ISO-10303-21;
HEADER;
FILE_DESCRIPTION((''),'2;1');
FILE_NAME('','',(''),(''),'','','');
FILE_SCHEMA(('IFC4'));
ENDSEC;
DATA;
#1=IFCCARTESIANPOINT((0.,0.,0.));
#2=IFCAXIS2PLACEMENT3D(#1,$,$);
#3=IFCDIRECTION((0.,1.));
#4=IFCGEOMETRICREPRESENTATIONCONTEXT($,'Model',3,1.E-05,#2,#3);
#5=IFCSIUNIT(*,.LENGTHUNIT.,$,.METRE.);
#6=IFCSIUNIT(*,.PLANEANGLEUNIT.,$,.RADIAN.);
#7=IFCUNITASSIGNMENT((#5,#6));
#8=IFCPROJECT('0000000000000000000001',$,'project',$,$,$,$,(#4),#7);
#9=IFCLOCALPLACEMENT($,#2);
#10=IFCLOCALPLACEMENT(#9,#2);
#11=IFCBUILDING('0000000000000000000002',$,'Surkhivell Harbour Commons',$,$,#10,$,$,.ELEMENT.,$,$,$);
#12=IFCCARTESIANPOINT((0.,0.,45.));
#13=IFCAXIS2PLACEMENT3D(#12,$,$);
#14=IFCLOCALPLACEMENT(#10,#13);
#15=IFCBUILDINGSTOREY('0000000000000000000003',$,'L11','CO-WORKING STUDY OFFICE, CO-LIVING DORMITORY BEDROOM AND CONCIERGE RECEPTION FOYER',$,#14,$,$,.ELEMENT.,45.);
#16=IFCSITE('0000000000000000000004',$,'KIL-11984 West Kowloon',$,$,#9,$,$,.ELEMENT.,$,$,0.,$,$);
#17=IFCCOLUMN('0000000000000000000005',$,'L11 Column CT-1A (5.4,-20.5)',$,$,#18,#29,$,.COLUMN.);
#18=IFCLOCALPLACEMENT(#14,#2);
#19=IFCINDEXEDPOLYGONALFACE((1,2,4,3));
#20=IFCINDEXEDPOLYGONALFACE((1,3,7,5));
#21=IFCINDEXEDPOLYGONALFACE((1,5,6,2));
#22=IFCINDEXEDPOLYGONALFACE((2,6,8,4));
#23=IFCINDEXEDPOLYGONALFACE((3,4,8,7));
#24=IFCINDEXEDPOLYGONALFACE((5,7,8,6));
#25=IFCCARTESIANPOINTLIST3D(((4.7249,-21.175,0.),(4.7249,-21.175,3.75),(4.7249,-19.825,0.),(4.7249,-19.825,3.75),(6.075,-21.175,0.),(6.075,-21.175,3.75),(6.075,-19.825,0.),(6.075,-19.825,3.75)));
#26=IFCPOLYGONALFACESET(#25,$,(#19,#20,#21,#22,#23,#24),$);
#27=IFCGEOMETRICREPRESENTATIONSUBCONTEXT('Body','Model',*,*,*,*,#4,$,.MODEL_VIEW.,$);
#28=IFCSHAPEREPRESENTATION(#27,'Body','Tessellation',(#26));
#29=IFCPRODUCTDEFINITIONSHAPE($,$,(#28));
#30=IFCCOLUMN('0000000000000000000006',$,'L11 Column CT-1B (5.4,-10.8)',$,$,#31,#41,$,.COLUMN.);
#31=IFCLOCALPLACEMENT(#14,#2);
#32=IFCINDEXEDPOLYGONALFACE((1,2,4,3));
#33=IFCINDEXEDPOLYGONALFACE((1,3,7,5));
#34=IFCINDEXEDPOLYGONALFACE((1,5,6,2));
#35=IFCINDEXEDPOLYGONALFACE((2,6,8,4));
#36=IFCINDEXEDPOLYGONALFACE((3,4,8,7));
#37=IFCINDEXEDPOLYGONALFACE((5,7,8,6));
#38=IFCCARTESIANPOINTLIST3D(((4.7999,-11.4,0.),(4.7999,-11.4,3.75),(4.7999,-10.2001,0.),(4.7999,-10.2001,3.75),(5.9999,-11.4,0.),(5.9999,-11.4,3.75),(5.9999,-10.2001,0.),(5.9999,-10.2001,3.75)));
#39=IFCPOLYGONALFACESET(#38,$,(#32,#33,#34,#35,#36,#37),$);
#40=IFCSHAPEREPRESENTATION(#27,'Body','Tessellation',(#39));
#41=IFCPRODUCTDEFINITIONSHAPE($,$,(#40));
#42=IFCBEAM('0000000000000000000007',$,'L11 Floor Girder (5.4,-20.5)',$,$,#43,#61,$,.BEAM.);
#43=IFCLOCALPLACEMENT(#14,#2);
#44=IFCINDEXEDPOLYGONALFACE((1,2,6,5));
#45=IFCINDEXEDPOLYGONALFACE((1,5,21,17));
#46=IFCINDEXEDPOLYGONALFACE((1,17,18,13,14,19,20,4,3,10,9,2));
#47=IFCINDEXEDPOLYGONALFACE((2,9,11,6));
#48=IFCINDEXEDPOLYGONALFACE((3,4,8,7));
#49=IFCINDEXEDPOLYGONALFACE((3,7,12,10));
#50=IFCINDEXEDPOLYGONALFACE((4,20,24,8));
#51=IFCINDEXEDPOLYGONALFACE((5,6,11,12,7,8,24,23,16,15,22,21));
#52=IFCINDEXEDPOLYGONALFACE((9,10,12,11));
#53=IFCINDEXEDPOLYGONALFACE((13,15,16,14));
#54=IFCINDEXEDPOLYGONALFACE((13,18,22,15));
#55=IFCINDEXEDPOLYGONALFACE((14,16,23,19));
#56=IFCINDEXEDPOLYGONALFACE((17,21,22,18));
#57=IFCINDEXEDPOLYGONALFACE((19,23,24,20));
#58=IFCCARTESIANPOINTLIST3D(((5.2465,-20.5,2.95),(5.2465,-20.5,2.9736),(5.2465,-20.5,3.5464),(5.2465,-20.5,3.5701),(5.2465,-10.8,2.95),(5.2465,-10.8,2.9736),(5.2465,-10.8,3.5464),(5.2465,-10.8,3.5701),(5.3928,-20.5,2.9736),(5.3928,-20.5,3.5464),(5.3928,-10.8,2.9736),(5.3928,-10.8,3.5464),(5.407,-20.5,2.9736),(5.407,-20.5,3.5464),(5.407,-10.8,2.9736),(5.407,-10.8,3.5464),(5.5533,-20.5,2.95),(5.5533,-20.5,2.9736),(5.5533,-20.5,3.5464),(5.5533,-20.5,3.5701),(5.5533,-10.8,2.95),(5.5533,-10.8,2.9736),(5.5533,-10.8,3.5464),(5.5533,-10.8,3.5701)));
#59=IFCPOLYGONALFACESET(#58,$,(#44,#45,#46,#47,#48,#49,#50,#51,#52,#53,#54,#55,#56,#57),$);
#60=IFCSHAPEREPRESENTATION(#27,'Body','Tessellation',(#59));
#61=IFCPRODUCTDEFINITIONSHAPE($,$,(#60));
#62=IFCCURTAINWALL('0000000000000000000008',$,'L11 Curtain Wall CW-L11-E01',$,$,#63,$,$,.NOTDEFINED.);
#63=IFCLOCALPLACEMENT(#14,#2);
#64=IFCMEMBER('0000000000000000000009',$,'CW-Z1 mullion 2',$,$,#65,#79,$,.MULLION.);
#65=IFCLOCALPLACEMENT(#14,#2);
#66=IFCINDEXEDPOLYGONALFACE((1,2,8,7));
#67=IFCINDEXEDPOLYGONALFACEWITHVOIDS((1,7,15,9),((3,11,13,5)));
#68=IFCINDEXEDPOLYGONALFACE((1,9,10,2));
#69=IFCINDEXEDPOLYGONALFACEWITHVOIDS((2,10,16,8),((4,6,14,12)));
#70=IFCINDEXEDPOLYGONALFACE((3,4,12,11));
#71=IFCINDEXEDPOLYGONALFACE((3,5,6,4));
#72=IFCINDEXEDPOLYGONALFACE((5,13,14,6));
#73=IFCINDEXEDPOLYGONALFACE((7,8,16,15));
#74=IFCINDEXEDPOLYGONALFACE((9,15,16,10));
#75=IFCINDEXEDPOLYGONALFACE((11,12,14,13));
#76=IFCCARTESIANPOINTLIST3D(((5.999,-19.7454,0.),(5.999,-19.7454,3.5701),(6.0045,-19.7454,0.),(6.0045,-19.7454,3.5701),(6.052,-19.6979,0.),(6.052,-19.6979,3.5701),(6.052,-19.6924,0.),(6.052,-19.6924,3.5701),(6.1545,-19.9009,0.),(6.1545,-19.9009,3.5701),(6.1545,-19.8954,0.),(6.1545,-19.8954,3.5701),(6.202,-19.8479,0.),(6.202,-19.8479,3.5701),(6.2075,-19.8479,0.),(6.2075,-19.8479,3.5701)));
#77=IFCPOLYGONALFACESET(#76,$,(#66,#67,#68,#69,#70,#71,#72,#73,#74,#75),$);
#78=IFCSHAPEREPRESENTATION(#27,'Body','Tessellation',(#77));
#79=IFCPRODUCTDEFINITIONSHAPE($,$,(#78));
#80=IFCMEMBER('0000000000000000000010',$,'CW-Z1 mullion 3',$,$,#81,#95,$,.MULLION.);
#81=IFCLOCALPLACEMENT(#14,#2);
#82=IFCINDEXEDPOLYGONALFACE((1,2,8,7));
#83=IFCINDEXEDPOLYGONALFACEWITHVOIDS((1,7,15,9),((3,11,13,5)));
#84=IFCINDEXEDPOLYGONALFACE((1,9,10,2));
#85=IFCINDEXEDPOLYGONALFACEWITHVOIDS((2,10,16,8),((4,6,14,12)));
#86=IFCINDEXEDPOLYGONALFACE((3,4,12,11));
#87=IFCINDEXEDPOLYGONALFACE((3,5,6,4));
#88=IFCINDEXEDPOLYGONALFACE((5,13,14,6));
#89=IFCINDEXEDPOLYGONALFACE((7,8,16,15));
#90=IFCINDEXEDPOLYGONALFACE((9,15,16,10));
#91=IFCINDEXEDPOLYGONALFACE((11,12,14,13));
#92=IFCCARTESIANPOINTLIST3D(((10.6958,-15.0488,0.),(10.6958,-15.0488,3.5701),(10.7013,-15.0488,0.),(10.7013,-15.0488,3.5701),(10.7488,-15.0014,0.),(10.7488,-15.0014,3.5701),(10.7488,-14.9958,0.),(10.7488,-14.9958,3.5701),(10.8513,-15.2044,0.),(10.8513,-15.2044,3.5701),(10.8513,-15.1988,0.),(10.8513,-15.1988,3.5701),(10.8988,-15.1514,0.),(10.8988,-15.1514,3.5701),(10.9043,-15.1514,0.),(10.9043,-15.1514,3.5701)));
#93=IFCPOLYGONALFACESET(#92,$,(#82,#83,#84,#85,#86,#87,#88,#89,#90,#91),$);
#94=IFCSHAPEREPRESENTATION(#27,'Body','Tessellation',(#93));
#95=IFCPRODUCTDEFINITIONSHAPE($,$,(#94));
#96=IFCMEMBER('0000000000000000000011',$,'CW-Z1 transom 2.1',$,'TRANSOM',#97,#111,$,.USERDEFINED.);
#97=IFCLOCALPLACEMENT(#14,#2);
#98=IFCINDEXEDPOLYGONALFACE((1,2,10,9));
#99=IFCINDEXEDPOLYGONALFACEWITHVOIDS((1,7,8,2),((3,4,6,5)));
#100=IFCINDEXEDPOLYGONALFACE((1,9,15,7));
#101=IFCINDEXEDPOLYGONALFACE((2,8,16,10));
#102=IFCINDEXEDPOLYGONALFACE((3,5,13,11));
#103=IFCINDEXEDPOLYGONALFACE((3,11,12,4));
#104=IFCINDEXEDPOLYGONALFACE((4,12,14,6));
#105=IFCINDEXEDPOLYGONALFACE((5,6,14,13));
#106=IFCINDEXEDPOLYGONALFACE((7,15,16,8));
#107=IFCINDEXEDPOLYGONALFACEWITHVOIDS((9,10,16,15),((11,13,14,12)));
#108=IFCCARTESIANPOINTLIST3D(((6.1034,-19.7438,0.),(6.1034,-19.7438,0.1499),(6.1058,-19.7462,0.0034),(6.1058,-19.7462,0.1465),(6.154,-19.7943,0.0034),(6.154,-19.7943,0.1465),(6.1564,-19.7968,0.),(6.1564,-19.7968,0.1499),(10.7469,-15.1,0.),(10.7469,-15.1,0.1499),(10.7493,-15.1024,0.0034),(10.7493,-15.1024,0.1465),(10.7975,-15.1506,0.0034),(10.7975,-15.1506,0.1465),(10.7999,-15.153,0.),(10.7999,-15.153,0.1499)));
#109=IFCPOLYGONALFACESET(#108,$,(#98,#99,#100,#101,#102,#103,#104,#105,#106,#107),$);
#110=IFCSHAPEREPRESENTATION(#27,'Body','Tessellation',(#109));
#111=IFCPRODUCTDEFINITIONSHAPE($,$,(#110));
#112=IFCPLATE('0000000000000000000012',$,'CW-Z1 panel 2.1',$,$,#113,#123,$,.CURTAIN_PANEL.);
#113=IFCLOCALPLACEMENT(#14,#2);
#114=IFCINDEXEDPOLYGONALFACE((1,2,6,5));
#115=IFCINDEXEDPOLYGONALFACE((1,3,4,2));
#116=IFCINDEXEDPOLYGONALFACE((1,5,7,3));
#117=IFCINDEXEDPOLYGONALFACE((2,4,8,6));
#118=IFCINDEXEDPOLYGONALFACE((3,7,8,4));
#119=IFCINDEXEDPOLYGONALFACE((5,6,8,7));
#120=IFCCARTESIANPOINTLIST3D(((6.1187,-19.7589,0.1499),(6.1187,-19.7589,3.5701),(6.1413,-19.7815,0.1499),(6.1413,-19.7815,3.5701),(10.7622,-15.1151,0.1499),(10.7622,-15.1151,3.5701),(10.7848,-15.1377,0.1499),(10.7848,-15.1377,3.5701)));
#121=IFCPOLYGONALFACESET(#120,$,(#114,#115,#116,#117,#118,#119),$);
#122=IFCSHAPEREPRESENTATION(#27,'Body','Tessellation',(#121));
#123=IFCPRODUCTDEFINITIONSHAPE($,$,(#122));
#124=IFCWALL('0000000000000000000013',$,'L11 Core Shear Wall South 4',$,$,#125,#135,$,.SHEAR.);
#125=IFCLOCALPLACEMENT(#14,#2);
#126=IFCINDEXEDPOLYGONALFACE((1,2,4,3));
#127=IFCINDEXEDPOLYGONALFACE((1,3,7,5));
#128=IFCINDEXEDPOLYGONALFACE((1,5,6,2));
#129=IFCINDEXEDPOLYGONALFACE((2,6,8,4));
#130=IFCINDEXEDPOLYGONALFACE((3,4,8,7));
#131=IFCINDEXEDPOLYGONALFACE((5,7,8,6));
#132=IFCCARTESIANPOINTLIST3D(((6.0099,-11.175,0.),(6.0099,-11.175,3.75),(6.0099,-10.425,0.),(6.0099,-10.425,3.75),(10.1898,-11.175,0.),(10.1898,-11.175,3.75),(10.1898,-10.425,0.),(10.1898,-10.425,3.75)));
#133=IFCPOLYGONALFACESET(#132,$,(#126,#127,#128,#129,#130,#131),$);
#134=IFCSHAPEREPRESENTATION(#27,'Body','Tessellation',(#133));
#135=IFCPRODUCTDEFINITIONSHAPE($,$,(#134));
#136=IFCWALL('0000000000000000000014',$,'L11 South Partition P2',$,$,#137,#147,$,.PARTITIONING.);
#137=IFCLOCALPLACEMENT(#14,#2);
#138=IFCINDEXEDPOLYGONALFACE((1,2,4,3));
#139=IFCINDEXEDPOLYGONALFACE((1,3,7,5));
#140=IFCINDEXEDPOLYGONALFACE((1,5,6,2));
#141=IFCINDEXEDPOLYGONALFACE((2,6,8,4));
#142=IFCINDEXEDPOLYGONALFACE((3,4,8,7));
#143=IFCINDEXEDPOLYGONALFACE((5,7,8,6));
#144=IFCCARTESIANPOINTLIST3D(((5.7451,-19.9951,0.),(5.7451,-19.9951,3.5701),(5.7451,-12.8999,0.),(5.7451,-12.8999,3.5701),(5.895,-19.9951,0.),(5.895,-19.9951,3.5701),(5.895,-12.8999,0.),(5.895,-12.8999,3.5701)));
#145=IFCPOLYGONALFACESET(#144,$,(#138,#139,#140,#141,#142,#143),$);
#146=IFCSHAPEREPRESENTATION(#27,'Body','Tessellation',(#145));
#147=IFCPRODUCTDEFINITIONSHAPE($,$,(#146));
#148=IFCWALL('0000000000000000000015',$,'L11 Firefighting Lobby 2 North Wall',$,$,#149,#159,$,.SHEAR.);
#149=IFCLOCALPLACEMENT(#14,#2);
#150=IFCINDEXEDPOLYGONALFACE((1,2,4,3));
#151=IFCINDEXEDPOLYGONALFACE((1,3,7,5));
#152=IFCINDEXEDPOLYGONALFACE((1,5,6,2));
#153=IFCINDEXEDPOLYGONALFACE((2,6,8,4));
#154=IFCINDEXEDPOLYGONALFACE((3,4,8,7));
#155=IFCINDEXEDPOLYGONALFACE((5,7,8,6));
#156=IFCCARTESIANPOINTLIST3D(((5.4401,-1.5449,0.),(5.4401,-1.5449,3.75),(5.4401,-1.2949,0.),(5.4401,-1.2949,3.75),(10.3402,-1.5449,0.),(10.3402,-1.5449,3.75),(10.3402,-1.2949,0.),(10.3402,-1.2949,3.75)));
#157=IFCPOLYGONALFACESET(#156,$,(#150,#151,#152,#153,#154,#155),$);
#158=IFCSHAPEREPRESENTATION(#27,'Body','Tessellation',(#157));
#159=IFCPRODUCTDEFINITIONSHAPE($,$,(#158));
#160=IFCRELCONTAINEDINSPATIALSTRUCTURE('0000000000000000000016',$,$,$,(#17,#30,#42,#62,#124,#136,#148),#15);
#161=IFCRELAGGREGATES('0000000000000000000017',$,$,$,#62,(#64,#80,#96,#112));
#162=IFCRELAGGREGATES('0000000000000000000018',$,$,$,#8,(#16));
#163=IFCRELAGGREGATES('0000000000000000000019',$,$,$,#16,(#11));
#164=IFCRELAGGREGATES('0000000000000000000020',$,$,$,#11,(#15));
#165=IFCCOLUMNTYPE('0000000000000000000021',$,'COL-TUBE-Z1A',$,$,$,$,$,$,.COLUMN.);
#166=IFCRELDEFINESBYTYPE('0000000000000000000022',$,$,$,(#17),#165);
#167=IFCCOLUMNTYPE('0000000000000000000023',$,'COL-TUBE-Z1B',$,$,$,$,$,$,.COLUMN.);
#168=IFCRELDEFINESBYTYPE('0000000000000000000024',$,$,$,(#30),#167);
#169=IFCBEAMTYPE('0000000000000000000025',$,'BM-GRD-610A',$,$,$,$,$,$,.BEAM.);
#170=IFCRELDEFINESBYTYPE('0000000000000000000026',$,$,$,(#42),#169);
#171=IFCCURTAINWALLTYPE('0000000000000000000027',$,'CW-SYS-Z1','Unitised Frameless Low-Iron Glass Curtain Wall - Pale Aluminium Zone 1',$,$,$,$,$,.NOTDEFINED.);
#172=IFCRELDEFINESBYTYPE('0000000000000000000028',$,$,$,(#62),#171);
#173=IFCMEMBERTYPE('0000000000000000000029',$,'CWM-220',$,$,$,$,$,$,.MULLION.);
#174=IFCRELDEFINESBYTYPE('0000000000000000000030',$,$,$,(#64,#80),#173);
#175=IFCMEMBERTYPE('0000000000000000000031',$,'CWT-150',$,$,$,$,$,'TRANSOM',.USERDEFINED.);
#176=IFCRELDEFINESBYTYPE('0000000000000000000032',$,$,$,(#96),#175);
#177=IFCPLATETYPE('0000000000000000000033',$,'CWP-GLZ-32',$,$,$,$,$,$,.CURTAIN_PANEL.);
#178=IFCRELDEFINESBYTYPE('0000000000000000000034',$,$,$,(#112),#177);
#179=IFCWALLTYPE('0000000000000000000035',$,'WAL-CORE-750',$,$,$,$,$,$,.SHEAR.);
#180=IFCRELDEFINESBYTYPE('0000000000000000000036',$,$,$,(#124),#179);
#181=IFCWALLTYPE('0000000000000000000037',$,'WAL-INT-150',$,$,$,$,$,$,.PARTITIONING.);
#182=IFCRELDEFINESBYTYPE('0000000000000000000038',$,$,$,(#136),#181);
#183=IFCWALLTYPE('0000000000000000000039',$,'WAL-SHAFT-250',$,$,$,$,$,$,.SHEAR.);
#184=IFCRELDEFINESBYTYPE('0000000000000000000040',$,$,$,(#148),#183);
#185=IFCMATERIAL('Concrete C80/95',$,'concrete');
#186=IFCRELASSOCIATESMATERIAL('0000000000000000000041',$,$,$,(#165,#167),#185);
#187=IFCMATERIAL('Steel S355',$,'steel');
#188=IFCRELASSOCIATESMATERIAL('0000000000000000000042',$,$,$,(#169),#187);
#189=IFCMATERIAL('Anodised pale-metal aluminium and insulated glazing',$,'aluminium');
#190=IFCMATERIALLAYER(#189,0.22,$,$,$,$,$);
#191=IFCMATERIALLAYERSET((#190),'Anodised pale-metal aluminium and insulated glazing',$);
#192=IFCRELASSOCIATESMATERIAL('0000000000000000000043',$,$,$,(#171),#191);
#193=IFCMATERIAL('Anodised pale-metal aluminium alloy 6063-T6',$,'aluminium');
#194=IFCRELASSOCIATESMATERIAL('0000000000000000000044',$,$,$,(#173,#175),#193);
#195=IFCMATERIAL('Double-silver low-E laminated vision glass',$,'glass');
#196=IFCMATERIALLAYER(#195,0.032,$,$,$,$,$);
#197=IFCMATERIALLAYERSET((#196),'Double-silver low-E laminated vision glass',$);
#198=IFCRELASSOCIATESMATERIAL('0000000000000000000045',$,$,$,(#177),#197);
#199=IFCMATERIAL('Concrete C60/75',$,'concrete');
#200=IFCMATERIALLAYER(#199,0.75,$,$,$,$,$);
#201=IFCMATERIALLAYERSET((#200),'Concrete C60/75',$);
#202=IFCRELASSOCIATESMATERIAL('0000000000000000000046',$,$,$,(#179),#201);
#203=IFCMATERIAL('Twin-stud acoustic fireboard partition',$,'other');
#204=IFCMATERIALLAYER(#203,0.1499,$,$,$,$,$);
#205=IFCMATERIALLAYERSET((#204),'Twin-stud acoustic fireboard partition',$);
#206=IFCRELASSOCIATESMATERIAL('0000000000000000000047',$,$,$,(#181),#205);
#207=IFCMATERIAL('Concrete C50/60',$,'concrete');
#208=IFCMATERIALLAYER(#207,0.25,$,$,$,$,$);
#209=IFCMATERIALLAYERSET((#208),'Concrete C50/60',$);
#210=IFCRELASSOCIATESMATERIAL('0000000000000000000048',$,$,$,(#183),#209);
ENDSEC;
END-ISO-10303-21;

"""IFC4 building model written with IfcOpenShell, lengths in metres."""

from ifc_helpers import new_model, si_unit, direction, frame, frame_2d, origin, origin_2d, place, context, subcontext, project, spatial, rectangle, hollow_rectangle, i_section, extrude, material, layer, layer_set, material_profile, profile_set, type_object, element, aggregate, save


model = new_model("IFC4")

# Units and contexts
model_context = context("Model", 3, precision=1e-05, world=origin(), true_north=direction((0.0, 1.0)))
body_context = subcontext(model_context, "Body", "Model", "MODEL_VIEW")
ifc_project = project(units=[si_unit("LENGTHUNIT", "METRE"), si_unit("PLANEANGLEUNIT", "RADIAN")], contexts=[model_context])

# Site, building, storey
site_placement = place(None, origin())
site = spatial("IfcSite", under=ifc_project, at=site_placement, Name="KIL-11984 West Kowloon", CompositionType="ELEMENT", RefElevation=0.0)
building_placement = place(site_placement, origin())
building = spatial("IfcBuilding", under=site, at=building_placement, Name="Surkhivell Harbour Commons", CompositionType="ELEMENT")
storey_placement = place(building_placement, frame((0.0, 0.0, 45.0)))
storey = spatial("IfcBuildingStorey", under=building, at=storey_placement, Name="L11", Description="CO-WORKING STUDY OFFICE, CO-LIVING DORMITORY BEDROOM AND CONCIERGE RECEPTION FOYER", CompositionType="ELEMENT", Elevation=45.0)

# Columns
ifc_material_1 = material(Name="Concrete C80/95", Category="concrete")
ifc_material_profile_1 = material_profile(ifc_material_1, rectangle(XDim=1.3501, YDim=1.3501, at=origin_2d()), Name="RC-COL-1350x1350")
ifc_profile_set_1 = profile_set([ifc_material_profile_1], Name="Concrete C80/95")
column_type_1 = type_object("IfcColumnType", Name="COL-TUBE-Z1A", PredefinedType="COLUMN", material=ifc_profile_set_1)
column_1_placement = place(storey_placement, frame((5.3999, -20.5, 0.0), z_axis=(0.0, 0.0, 1.0), x_axis=(1.0, 0.0, 0.0)))
element("IfcColumn", 1, at=column_1_placement, inside=storey, type_object=column_type_1, Name="L11 Column CT-1A (5.4,-20.5)", PredefinedType="COLUMN", context=body_context, shape_type="SweptSolid", body=[
    extrude(rectangle(XDim=1.3501, YDim=1.3501, at=origin_2d()), origin(), (0.0, 0.0, 1.0), 3.75),
])
ifc_material_profile_2 = material_profile(ifc_material_1, rectangle(XDim=1.2, YDim=1.2, at=origin_2d()), Name="RC-COL-1200x1200")
ifc_profile_set_2 = profile_set([ifc_material_profile_2], Name="Concrete C80/95")
column_type_2 = type_object("IfcColumnType", Name="COL-TUBE-Z1B", PredefinedType="COLUMN", material=ifc_profile_set_2)
column_2_placement = place(storey_placement, frame((5.3999, -10.8, 0.0), z_axis=(0.0, 0.0, 1.0), x_axis=(1.0, 0.0, 0.0)))
element("IfcColumn", 2, at=column_2_placement, inside=storey, type_object=column_type_2, Name="L11 Column CT-1B (5.4,-10.8)", PredefinedType="COLUMN", context=body_context, shape_type="SweptSolid", body=[
    extrude(rectangle(XDim=1.2, YDim=1.2, at=origin_2d()), origin(), (0.0, 0.0, 1.0), 3.75),
])

# Beam
ifc_material_2 = material(Name="Steel S355", Category="steel")
ifc_material_profile_3 = material_profile(ifc_material_2, i_section(OverallWidth=0.3069, OverallDepth=0.6201, WebThickness=0.0142, FlangeThickness=0.0237, at=origin_2d()), Name="UB610x305x179")
ifc_profile_set_3 = profile_set([ifc_material_profile_3], Name="Steel S355")
beam_type = type_object("IfcBeamType", Name="BM-GRD-610A", PredefinedType="BEAM", material=ifc_profile_set_3)
beam_placement = place(storey_placement, frame((5.3999, -20.5, 3.26), z_axis=(0.0, 1.0, 0.0), x_axis=(-1.0, 0.0, 0.0)))
element("IfcBeam", 3, at=beam_placement, inside=storey, type_object=beam_type, Name="L11 Floor Girder (5.4,-20.5)", PredefinedType="BEAM", context=body_context, shape_type="SweptSolid", body=[
    extrude(i_section(OverallWidth=0.3069, OverallDepth=0.6201, WebThickness=0.0142, FlangeThickness=0.0237, at=origin_2d()), origin(), (0.0, 0.0, 1.0), 9.7),
])

# Curtain wall, members, plate
ifc_material_3 = material(Name="Anodised pale-metal aluminium and insulated glazing", Category="aluminium")
ifc_layer_1 = layer(ifc_material_3, 0.22)
ifc_layer_set_1 = layer_set([ifc_layer_1], Name="Anodised pale-metal aluminium and insulated glazing")
curtain_wall_type = type_object("IfcCurtainWallType", Name="CW-SYS-Z1", Description="Unitised Frameless Low-Iron Glass Curtain Wall - Pale Aluminium Zone 1", PredefinedType="NOTDEFINED", material=ifc_layer_set_1)
curtain_wall_placement = place(storey_placement, origin())
curtain_wall = element("IfcCurtainWall", 4, at=curtain_wall_placement, inside=storey, type_object=curtain_wall_type, Name="L11 Curtain Wall CW-L11-E01", PredefinedType="NOTDEFINED")
ifc_material_4 = material(Name="Anodised pale-metal aluminium alloy 6063-T6", Category="aluminium")
ifc_material_profile_4 = material_profile(ifc_material_4, hollow_rectangle(XDim=0.075, YDim=0.22, WallThickness=0.0039, at=origin_2d()), Name="ALU-MULL-75x220")
ifc_profile_set_4 = profile_set([ifc_material_profile_4], Name="Anodised pale-metal aluminium alloy 6063-T6")
member_type_1 = type_object("IfcMemberType", Name="CWM-220", PredefinedType="MULLION", material=ifc_profile_set_4)
member_1_placement = place(storey_placement, frame((6.1033, -19.7966, 0.0), z_axis=(0.0, 0.0, 1.0), x_axis=(0.707107, 0.707107, 0.0)))
member_1 = element("IfcMember", 5, at=member_1_placement, type_object=member_type_1, Name="CW-Z1 mullion 2", PredefinedType="MULLION", context=body_context, shape_type="SweptSolid", body=[
    extrude(hollow_rectangle(XDim=0.075, YDim=0.22, WallThickness=0.0039, at=origin_2d()), origin(), (0.0, 0.0, 1.0), 3.5701),
])
member_2_placement = place(storey_placement, frame((10.8, -15.1001, 0.0), z_axis=(0.0, 0.0, 1.0), x_axis=(0.707107, 0.707107, 0.0)))
member_2 = element("IfcMember", 6, at=member_2_placement, type_object=member_type_1, Name="CW-Z1 mullion 3", PredefinedType="MULLION", context=body_context, shape_type="SweptSolid", body=[
    extrude(hollow_rectangle(XDim=0.075, YDim=0.22, WallThickness=0.0039, at=origin_2d()), origin(), (0.0, 0.0, 1.0), 3.5701),
])
ifc_material_profile_5 = material_profile(ifc_material_4, hollow_rectangle(XDim=0.075, YDim=0.1499, WallThickness=0.0034, at=origin_2d()), Name="ALU-TRAN-75x150")
ifc_profile_set_5 = profile_set([ifc_material_profile_5], Name="Anodised pale-metal aluminium alloy 6063-T6")
member_type_2 = type_object("IfcMemberType", Name="CWT-150", ElementType="TRANSOM", PredefinedType="USERDEFINED", material=ifc_profile_set_5)
member_3_placement = place(storey_placement, frame((6.1299, -19.7703, 0.075), z_axis=(0.707088, 0.707125, 0.0), x_axis=(-0.707125, 0.707088, 0.0)))
member_3 = element("IfcMember", 7, at=member_3_placement, type_object=member_type_2, Name="CW-Z1 transom 2.1", ObjectType="TRANSOM", PredefinedType="USERDEFINED", context=body_context, shape_type="SweptSolid", body=[
    extrude(hollow_rectangle(XDim=0.075, YDim=0.1499, WallThickness=0.0034, at=origin_2d()), origin(), (0.0, 0.0, 1.0), 6.5671),
])
ifc_material_5 = material(Name="Double-silver low-E laminated vision glass", Category="glass")
ifc_layer_2 = layer(ifc_material_5, 0.032)
ifc_layer_set_2 = layer_set([ifc_layer_2], Name="Double-silver low-E laminated vision glass")
plate_type = type_object("IfcPlateType", Name="CWP-GLZ-32", PredefinedType="CURTAIN_PANEL", material=ifc_layer_set_2)
plate_placement = place(storey_placement, frame((6.1299, -19.7703, 0.1499), z_axis=(0.0, 0.0, 1.0), x_axis=(0.707088, 0.707125, 0.0)))
plate = element("IfcPlate", 8, at=plate_placement, type_object=plate_type, Name="CW-Z1 panel 2.1", PredefinedType="CURTAIN_PANEL", context=body_context, shape_type="SweptSolid", body=[
    extrude(rectangle(XDim=6.5671, YDim=0.032, at=frame_2d((3.2837, 0.0))), origin(), (0.0, 0.0, 1.0), 3.4202),
])
aggregate(curtain_wall, [member_1, member_2, member_3, plate])

# Walls
ifc_material_6 = material(Name="Concrete C60/75", Category="concrete")
ifc_layer_3 = layer(ifc_material_6, 0.75)
ifc_layer_set_3 = layer_set([ifc_layer_3], Name="Concrete C60/75")
wall_type_1 = type_object("IfcWallType", Name="WAL-CORE-750", PredefinedType="SHEAR", material=ifc_layer_set_3)
wall_1_placement = place(storey_placement, frame((6.01, -10.8, 0.0), z_axis=(0.0, 0.0, 1.0), x_axis=(1.0, 0.0, 0.0)))
element("IfcWall", 9, at=wall_1_placement, inside=storey, type_object=wall_type_1, Name="L11 Core Shear Wall South 4", PredefinedType="SHEAR", context=body_context, shape_type="SweptSolid", body=[
    extrude(rectangle(XDim=4.1799, YDim=0.75, at=frame_2d((2.0898, 0.0))), origin(), (0.0, 0.0, 1.0), 3.75),
])
ifc_material_7 = material(Name="Twin-stud acoustic fireboard partition", Category="other")
ifc_layer_4 = layer(ifc_material_7, 0.1499)
ifc_layer_set_4 = layer_set([ifc_layer_4], Name="Twin-stud acoustic fireboard partition")
wall_type_2 = type_object("IfcWallType", Name="WAL-INT-150", PredefinedType="PARTITIONING", material=ifc_layer_set_4)
wall_2_placement = place(storey_placement, frame((5.8201, -19.9951, 0.0), z_axis=(0.0, 0.0, 1.0), x_axis=(0.0, 1.0, 0.0)))
element("IfcWall", 10, at=wall_2_placement, inside=storey, type_object=wall_type_2, Name="L11 South Partition P2", PredefinedType="PARTITIONING", context=body_context, shape_type="SweptSolid", body=[
    extrude(rectangle(XDim=7.0952, YDim=0.1499, at=frame_2d((3.5476, 0.0))), origin(), (0.0, 0.0, 1.0), 3.5701),
])
ifc_material_8 = material(Name="Concrete C50/60", Category="concrete")
ifc_layer_5 = layer(ifc_material_8, 0.25)
ifc_layer_set_5 = layer_set([ifc_layer_5], Name="Concrete C50/60")
wall_type_3 = type_object("IfcWallType", Name="WAL-SHAFT-250", PredefinedType="SHEAR", material=ifc_layer_set_5)
wall_3_placement = place(storey_placement, frame((5.4399, -1.4199, 0.0), z_axis=(0.0, 0.0, 1.0), x_axis=(1.0, 0.0, 0.0)))
element("IfcWall", 11, at=wall_3_placement, inside=storey, type_object=wall_type_3, Name="L11 Firefighting Lobby 2 North Wall", PredefinedType="SHEAR", context=body_context, shape_type="SweptSolid", body=[
    extrude(rectangle(XDim=4.9001, YDim=0.25, at=frame_2d((2.4502, 0.0))), origin(), (0.0, 0.0, 1.0), 3.75),
])

save(model, "model.ifc")
